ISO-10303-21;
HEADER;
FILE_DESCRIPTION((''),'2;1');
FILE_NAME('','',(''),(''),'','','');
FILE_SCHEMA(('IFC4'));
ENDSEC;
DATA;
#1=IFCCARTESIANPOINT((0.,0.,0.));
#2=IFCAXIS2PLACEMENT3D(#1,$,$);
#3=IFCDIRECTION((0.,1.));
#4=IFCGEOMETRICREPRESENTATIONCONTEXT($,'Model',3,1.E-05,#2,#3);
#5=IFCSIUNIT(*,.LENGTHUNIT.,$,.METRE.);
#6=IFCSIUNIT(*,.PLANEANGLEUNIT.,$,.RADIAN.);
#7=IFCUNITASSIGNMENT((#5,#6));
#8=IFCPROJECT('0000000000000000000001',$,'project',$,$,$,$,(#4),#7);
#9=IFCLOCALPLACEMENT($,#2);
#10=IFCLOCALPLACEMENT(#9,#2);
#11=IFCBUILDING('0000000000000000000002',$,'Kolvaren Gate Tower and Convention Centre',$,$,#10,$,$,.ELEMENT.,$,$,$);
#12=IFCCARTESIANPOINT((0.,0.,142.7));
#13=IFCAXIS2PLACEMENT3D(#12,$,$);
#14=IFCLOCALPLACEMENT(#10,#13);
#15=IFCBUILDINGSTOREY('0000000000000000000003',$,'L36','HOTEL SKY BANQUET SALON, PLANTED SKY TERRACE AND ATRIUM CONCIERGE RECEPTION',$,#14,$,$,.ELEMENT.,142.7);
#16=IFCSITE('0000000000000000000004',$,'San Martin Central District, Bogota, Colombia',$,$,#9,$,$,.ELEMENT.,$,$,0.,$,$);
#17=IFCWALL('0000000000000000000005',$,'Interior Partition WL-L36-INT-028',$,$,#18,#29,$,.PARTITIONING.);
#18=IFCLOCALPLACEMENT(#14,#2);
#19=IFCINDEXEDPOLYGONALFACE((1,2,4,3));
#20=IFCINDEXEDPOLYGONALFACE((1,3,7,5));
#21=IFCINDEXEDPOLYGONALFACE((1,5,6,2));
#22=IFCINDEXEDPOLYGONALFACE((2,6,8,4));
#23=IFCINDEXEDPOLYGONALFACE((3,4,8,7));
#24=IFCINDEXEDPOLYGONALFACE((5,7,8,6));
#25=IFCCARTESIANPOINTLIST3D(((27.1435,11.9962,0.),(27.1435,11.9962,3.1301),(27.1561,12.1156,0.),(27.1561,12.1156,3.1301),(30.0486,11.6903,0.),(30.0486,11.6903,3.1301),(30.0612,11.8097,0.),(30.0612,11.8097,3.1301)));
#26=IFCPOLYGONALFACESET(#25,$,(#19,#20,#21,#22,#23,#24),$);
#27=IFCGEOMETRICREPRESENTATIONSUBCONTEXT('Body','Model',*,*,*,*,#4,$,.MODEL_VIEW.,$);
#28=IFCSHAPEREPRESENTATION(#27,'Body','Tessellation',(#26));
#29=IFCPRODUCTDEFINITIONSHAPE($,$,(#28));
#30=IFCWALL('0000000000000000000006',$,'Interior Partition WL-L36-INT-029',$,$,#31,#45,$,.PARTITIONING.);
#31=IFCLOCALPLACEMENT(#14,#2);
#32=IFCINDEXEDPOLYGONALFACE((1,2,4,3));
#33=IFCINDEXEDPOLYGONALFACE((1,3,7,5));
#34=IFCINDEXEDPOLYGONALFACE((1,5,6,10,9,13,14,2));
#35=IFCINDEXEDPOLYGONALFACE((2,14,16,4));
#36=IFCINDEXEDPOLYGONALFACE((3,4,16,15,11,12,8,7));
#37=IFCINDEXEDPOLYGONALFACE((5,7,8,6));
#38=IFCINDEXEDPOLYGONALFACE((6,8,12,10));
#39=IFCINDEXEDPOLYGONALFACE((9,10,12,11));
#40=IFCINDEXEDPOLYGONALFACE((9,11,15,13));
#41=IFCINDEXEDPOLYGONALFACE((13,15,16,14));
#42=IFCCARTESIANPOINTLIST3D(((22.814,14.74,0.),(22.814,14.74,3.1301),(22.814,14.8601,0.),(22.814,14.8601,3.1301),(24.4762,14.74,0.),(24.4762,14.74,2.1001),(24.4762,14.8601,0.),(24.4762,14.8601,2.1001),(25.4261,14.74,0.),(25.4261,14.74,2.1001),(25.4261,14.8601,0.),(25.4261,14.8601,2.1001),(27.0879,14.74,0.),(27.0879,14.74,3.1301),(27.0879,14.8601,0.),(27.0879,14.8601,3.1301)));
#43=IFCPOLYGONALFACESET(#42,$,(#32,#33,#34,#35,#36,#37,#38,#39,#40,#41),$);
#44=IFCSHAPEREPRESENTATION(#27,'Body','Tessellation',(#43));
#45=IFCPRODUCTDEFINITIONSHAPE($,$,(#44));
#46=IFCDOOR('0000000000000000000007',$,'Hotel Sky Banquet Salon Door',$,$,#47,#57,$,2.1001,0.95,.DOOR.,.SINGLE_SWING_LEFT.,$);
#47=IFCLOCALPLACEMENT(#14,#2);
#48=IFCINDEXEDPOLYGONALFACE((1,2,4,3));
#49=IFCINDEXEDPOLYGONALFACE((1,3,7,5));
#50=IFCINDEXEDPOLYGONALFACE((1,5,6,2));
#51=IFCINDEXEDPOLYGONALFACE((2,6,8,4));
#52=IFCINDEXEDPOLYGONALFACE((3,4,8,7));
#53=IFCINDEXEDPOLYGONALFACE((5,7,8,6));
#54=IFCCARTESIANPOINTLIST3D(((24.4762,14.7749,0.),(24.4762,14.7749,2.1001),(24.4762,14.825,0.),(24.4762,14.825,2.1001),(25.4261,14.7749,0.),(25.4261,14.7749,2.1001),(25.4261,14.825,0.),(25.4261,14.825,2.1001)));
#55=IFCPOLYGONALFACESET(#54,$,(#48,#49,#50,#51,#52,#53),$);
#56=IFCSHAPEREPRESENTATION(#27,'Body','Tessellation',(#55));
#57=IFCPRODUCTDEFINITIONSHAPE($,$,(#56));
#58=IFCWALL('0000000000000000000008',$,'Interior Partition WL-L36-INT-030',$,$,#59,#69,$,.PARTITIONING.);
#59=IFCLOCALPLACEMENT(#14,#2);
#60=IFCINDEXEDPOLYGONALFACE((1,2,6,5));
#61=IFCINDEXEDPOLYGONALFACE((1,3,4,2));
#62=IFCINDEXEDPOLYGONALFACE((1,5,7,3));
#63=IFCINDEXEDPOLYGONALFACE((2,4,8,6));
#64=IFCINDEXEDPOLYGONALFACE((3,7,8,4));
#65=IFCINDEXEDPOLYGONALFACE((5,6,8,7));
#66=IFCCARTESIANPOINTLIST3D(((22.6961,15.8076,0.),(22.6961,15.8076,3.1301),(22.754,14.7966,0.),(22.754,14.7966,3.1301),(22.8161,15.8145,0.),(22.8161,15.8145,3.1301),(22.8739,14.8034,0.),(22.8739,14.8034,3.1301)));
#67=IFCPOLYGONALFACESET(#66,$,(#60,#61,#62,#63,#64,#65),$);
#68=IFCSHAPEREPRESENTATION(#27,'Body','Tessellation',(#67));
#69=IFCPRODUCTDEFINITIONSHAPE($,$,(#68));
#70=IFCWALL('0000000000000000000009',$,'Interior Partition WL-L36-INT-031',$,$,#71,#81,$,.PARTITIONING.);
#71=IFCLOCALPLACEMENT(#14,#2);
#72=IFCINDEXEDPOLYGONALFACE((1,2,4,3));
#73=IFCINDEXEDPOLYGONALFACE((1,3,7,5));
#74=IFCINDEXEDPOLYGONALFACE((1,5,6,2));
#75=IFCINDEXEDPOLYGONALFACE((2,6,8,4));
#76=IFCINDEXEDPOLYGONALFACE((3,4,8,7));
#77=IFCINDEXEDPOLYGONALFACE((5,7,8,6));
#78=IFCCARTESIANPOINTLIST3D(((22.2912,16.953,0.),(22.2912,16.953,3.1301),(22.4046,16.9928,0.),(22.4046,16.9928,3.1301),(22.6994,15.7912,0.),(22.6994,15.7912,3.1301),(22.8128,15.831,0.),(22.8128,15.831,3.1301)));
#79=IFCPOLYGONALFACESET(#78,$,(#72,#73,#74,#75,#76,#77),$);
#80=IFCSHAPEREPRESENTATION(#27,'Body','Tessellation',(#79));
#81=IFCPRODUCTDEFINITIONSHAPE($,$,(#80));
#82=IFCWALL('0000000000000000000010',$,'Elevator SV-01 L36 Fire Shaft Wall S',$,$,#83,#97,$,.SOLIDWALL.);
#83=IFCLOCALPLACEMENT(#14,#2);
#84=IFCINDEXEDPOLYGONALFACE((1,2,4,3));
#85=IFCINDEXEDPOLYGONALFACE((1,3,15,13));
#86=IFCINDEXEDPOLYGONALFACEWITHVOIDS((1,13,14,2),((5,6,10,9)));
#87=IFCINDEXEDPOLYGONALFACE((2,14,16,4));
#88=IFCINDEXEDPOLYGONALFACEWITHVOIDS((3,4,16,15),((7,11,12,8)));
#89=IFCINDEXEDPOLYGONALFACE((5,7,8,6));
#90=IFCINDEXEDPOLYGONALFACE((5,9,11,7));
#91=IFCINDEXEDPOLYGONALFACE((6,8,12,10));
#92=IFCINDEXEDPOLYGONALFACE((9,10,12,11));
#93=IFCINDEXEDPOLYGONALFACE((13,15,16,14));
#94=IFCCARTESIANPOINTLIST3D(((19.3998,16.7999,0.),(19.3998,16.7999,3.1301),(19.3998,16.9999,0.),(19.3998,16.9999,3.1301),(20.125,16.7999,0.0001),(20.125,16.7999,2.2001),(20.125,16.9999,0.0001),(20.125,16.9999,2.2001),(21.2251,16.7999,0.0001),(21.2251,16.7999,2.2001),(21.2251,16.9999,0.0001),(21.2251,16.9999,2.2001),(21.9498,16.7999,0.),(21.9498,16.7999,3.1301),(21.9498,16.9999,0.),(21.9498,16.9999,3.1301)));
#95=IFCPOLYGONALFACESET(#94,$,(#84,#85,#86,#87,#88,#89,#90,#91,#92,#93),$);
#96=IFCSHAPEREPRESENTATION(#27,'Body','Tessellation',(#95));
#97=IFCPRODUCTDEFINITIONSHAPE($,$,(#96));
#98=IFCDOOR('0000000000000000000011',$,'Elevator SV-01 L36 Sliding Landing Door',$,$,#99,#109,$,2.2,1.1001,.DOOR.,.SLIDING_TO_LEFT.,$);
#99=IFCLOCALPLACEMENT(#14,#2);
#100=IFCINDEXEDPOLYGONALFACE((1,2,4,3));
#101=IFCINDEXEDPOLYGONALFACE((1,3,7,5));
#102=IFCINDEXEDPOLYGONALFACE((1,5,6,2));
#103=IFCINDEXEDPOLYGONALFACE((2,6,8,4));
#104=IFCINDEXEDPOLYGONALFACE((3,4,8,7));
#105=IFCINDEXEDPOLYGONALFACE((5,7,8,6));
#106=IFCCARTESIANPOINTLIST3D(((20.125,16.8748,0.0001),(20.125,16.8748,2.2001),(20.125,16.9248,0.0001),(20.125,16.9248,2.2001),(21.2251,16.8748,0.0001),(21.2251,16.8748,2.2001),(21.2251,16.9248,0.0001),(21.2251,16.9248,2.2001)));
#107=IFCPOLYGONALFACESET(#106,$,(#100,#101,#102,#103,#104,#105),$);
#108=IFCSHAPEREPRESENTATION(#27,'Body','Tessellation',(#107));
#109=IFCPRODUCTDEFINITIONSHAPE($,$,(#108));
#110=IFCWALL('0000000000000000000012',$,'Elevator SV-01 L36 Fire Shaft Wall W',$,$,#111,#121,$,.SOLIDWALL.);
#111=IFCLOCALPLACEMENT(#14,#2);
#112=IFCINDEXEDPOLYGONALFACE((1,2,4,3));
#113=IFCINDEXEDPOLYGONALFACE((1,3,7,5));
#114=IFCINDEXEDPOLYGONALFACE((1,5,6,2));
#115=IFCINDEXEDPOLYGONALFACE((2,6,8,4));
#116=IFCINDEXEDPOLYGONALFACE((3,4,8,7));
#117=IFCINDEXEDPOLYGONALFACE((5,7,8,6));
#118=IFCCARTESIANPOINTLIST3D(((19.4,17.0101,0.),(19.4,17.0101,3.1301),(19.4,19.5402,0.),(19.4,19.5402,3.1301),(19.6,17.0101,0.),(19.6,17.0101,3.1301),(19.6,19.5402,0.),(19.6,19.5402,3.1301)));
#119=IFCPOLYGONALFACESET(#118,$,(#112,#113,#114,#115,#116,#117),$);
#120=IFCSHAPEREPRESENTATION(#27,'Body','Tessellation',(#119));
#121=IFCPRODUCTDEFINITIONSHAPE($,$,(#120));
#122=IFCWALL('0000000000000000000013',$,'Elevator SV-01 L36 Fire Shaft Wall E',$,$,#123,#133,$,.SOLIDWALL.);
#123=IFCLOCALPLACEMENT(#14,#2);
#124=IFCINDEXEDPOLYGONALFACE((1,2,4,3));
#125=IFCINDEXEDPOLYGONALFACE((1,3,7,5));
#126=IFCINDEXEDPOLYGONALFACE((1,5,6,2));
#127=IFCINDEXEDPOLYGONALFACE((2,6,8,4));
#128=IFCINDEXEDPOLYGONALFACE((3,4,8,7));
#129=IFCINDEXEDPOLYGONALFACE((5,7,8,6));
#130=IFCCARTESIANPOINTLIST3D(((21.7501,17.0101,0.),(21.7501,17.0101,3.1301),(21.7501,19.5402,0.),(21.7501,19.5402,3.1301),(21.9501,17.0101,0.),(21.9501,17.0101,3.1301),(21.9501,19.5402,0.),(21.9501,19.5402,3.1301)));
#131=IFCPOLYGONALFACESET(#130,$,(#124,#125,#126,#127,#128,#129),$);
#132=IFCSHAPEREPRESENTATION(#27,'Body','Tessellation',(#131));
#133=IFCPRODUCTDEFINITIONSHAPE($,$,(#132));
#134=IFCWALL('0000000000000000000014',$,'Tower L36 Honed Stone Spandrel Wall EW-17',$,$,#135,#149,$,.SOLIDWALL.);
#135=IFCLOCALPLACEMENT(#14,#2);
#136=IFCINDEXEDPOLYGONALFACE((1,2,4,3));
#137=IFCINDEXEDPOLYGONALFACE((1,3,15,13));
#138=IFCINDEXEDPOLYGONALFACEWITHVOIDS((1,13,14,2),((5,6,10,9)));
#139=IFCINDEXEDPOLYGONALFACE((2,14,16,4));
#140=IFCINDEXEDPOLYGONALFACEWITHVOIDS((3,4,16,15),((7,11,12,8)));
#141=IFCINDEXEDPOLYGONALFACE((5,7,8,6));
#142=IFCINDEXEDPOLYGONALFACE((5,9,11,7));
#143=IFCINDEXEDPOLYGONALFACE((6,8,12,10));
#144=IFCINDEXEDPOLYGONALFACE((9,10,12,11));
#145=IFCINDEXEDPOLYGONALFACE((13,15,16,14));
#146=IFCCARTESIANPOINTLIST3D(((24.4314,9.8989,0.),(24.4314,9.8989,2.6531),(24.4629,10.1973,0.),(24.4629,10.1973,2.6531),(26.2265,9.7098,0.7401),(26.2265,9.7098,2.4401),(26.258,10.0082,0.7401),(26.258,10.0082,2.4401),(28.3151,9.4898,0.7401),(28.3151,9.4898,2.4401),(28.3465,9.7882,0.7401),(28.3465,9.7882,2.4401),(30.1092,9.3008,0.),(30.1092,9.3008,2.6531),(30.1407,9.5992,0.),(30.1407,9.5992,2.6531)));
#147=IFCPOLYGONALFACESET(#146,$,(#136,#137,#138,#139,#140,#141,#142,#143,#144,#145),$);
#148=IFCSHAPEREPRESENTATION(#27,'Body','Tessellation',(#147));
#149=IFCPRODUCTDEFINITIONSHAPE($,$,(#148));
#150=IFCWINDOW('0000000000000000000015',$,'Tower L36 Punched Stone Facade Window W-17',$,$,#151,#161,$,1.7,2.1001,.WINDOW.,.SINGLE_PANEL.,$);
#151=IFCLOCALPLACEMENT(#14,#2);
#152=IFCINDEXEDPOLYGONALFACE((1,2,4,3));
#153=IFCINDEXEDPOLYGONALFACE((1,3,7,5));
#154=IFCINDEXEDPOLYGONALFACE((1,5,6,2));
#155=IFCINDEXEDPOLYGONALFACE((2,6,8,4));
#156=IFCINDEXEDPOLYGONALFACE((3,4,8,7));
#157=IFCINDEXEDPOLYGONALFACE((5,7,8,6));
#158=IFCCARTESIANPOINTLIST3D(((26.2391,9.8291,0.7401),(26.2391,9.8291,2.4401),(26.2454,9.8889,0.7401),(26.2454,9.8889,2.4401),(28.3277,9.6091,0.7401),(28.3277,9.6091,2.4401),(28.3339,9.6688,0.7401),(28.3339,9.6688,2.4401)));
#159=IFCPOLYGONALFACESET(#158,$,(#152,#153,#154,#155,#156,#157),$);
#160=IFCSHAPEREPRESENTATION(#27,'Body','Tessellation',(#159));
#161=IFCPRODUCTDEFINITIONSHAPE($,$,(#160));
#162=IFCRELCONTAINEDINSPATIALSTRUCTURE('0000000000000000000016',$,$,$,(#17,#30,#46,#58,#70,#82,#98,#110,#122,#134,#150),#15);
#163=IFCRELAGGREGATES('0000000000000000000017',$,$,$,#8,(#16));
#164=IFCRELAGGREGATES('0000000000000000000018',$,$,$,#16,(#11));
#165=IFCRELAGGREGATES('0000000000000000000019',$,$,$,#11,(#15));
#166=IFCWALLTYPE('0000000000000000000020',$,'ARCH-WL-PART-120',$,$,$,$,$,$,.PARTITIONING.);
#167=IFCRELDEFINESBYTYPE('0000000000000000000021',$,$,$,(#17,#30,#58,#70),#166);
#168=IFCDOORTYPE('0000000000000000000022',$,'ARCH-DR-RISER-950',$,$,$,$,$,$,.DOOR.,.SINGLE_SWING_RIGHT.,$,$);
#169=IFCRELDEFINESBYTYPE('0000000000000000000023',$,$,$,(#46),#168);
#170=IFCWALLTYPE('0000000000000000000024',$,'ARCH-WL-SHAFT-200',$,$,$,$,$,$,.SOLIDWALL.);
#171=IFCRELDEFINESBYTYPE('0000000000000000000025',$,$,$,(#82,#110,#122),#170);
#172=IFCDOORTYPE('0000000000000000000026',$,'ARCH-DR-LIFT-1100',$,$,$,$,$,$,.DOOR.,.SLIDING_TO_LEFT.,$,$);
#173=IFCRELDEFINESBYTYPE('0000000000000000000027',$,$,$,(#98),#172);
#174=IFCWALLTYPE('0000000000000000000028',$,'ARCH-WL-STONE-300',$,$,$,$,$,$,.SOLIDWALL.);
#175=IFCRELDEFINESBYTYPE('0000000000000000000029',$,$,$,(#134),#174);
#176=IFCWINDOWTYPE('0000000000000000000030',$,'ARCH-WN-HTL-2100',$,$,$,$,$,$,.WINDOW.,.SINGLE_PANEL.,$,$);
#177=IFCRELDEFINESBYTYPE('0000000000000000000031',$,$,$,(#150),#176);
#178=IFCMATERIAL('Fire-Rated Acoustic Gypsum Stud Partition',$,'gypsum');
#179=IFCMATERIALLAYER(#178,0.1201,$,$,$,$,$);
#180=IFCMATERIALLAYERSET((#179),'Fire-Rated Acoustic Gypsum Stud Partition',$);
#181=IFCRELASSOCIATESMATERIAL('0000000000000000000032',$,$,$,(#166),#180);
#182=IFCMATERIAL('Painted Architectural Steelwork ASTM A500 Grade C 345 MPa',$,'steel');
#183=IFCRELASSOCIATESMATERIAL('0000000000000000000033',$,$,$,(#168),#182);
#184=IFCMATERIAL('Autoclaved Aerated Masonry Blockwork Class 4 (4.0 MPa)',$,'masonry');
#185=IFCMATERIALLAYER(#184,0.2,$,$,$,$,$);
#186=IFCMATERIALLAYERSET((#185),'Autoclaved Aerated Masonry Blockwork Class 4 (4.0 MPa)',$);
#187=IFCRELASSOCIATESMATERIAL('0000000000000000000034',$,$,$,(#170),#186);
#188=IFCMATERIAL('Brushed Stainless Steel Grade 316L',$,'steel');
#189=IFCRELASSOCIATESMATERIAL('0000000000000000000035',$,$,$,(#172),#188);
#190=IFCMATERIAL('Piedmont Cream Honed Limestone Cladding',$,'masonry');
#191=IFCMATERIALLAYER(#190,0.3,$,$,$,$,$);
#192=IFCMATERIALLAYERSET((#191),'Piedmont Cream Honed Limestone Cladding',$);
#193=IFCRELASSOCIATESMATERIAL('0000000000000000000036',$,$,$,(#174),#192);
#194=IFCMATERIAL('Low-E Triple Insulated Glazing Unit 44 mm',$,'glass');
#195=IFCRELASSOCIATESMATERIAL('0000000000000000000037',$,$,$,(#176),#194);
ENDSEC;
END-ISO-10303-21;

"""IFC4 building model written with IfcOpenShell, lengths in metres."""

from ifc_helpers import new_model, si_unit, direction, frame, frame_2d, origin, place, context, subcontext, project, spatial, rectangle, extrude, material, layer, layer_set, type_object, element, fill, save


model = new_model("IFC4")

# Units and contexts
model_context = context("Model", 3, precision=1e-05, world=origin(), true_north=direction((0.0, 1.0)))
body_context = subcontext(model_context, "Body", "Model", "MODEL_VIEW")
ifc_project = project(units=[si_unit("LENGTHUNIT", "METRE"), si_unit("PLANEANGLEUNIT", "RADIAN")], contexts=[model_context])

# Site, building, storey
site_placement = place(None, origin())
site = spatial("IfcSite", under=ifc_project, at=site_placement, Name="San Martin Central District, Bogota, Colombia", CompositionType="ELEMENT", RefElevation=0.0)
building_placement = place(site_placement, origin())
building = spatial("IfcBuilding", under=site, at=building_placement, Name="Kolvaren Gate Tower and Convention Centre", CompositionType="ELEMENT")
storey_placement = place(building_placement, frame((0.0, 0.0, 142.7)))
storey = spatial("IfcBuildingStorey", under=building, at=storey_placement, Name="L36", Description="HOTEL SKY BANQUET SALON, PLANTED SKY TERRACE AND ATRIUM CONCIERGE RECEPTION", CompositionType="ELEMENT", Elevation=142.7)

# Wall
ifc_material_1 = material(Name="Fire-Rated Acoustic Gypsum Stud Partition", Category="gypsum")
ifc_layer_1 = layer(ifc_material_1, 0.1201)
ifc_layer_set_1 = layer_set([ifc_layer_1], Name="Fire-Rated Acoustic Gypsum Stud Partition")
wall_type_1 = type_object("IfcWallType", Name="ARCH-WL-PART-120", PredefinedType="PARTITIONING", material=ifc_layer_set_1)
wall_1_placement = place(storey_placement, frame((27.1499, 12.0559, 0.0), z_axis=(0.0, 0.0, 1.0), x_axis=(0.994501, -0.104724, 0.0)))
element("IfcWall", 1, at=wall_1_placement, inside=storey, type_object=wall_type_1, Name="Interior Partition WL-L36-INT-028", PredefinedType="PARTITIONING", context=body_context, shape_type="SweptSolid", body=[
    extrude(rectangle(XDim=2.9211, YDim=0.1201, at=frame_2d((1.4604, 0.0))), origin(), (0.0, 0.0, 1.0), 3.1301),
])

# Wall, opening, door
wall_2_placement = place(storey_placement, frame((22.814, 14.8, 0.0), z_axis=(0.0, 0.0, 1.0), x_axis=(1.0, 0.0, 0.0)))
wall_2 = element("IfcWall", 2, at=wall_2_placement, inside=storey, type_object=wall_type_1, Name="Interior Partition WL-L36-INT-029", PredefinedType="PARTITIONING", context=body_context, shape_type="SweptSolid", body=[
    extrude(rectangle(XDim=4.2739, YDim=0.1201, at=frame_2d((2.137, 0.0))), origin(), (0.0, 0.0, 1.0), 3.1301),
])
opening_1_placement = place(wall_2_placement, frame((1.6621, 0.0, 0.0)))
opening_1 = element("IfcOpeningElement", 3, at=opening_1_placement, cuts=wall_2, PredefinedType="OPENING", context=body_context, shape_type="SweptSolid", body=[
    extrude(rectangle(XDim=0.95, YDim=2.1001, at=frame_2d((0.4751, 1.05))), frame((0.0, 0.0701, 0.0), z_axis=(0.0, -1.0, 0.0), x_axis=(1.0, 0.0, 0.0)), (0.0, 0.0, 1.0), 0.1401),
])
ifc_material_2 = material(Name="Painted Architectural Steelwork ASTM A500 Grade C 345 MPa", Category="steel")
door_type_1 = type_object("IfcDoorType", Name="ARCH-DR-RISER-950", OperationType="SINGLE_SWING_RIGHT", PredefinedType="DOOR", material=ifc_material_2)
door_1_placement = place(opening_1_placement, origin())
door_1 = element("IfcDoor", 4, at=door_1_placement, inside=storey, type_object=door_type_1, Name="Hotel Sky Banquet Salon Door", OperationType="SINGLE_SWING_LEFT", OverallHeight=2.1001, OverallWidth=0.95, PredefinedType="DOOR", context=body_context, shape_type="SweptSolid", body=[
    extrude(rectangle(XDim=0.95, YDim=2.1001, at=frame_2d((0.4751, 1.05))), frame((0.0, 0.0249, 0.0), z_axis=(0.0, -1.0, 0.0), x_axis=(1.0, 0.0, 0.0)), (0.0, 0.0, 1.0), 0.05),
])
fill(opening_1, door_1)

# Walls
wall_3_placement = place(storey_placement, frame((22.7561, 15.811, 0.0), z_axis=(0.0, 0.0, 1.0), x_axis=(0.057139, -0.998366, 0.0)))
element("IfcWall", 5, at=wall_3_placement, inside=storey, type_object=wall_type_1, Name="Interior Partition WL-L36-INT-030", PredefinedType="PARTITIONING", context=body_context, shape_type="SweptSolid", body=[
    extrude(rectangle(XDim=1.0127, YDim=0.1201, at=frame_2d((0.5063, 0.0))), origin(), (0.0, 0.0, 1.0), 3.1301),
])
wall_4_placement = place(storey_placement, frame((22.3479, 16.9729, 0.0), z_axis=(0.0, 0.0, 1.0), x_axis=(0.331472, -0.943465, 0.0)))
element("IfcWall", 6, at=wall_4_placement, inside=storey, type_object=wall_type_1, Name="Interior Partition WL-L36-INT-031", PredefinedType="PARTITIONING", context=body_context, shape_type="SweptSolid", body=[
    extrude(rectangle(XDim=1.2314, YDim=0.1201, at=frame_2d((0.6157, 0.0))), origin(), (0.0, 0.0, 1.0), 3.1301),
])

# Wall, opening, door
ifc_material_3 = material(Name="Autoclaved Aerated Masonry Blockwork Class 4 (4.0 MPa)", Category="masonry")
ifc_layer_2 = layer(ifc_material_3, 0.2)
ifc_layer_set_2 = layer_set([ifc_layer_2], Name="Autoclaved Aerated Masonry Blockwork Class 4 (4.0 MPa)")
wall_type_2 = type_object("IfcWallType", Name="ARCH-WL-SHAFT-200", PredefinedType="SOLIDWALL", material=ifc_layer_set_2)
wall_5_placement = place(storey_placement, frame((19.3999, 16.8999, 0.0), z_axis=(0.0, 0.0, 1.0), x_axis=(1.0, 0.0, 0.0)))
wall_5 = element("IfcWall", 7, at=wall_5_placement, inside=storey, type_object=wall_type_2, Name="Elevator SV-01 L36 Fire Shaft Wall S", PredefinedType="SOLIDWALL", context=body_context, shape_type="SweptSolid", body=[
    extrude(rectangle(XDim=2.55, YDim=0.2, at=frame_2d((1.2749, 0.0))), origin(), (0.0, 0.0, 1.0), 3.1301),
])
opening_2_placement = place(wall_5_placement, frame((0.7251, 0.0, 0.0)))
opening_2 = element("IfcOpeningElement", 8, at=opening_2_placement, cuts=wall_5, PredefinedType="OPENING", context=body_context, shape_type="SweptSolid", body=[
    extrude(rectangle(XDim=1.1001, YDim=2.2, at=frame_2d((0.55, 1.1001))), frame((0.0, 0.1099, 0.0), z_axis=(0.0, -1.0, 0.0), x_axis=(1.0, 0.0, 0.0)), (0.0, 0.0, 1.0), 0.22),
])
ifc_material_4 = material(Name="Brushed Stainless Steel Grade 316L", Category="steel")
door_type_2 = type_object("IfcDoorType", Name="ARCH-DR-LIFT-1100", OperationType="SLIDING_TO_LEFT", PredefinedType="DOOR", material=ifc_material_4)
door_2_placement = place(opening_2_placement, origin())
door_2 = element("IfcDoor", 9, at=door_2_placement, inside=storey, type_object=door_type_2, Name="Elevator SV-01 L36 Sliding Landing Door", OperationType="SLIDING_TO_LEFT", OverallHeight=2.2, OverallWidth=1.1001, PredefinedType="DOOR", context=body_context, shape_type="SweptSolid", body=[
    extrude(rectangle(XDim=1.1001, YDim=2.2, at=frame_2d((0.55, 1.1001))), frame((0.0, 0.0249, 0.0), z_axis=(0.0, -1.0, 0.0), x_axis=(1.0, 0.0, 0.0)), (0.0, 0.0, 1.0), 0.05),
])
fill(opening_2, door_2)

# Walls
for number, where, z_axis, x_axis, name in (
    (10, (19.5, 17.01, 0.0), (0.0, 0.0, 1.0), (0.0, 1.0, 0.0), "Elevator SV-01 L36 Fire Shaft Wall W"),
    (11, (21.8501, 17.01, 0.0), (0.0, 0.0, 1.0), (0.0, 1.0, 0.0), "Elevator SV-01 L36 Fire Shaft Wall E"),
):
    element("IfcWall", number, at=place(storey_placement, frame(where, z_axis=z_axis, x_axis=x_axis)), inside=storey, type_object=wall_type_2, Name=name, PredefinedType="SOLIDWALL", context=body_context, shape_type="SweptSolid", body=[
        extrude(rectangle(XDim=2.53, YDim=0.2, at=frame_2d((1.2651, 0.0))), origin(), (0.0, 0.0, 1.0), 3.1301),
    ])

# Wall, opening, window
ifc_material_5 = material(Name="Piedmont Cream Honed Limestone Cladding", Category="masonry")
ifc_layer_3 = layer(ifc_material_5, 0.3)
ifc_layer_set_3 = layer_set([ifc_layer_3], Name="Piedmont Cream Honed Limestone Cladding")
wall_type_3 = type_object("IfcWallType", Name="ARCH-WL-STONE-300", PredefinedType="SOLIDWALL", material=ifc_layer_set_3)
wall_6_placement = place(storey_placement, frame((24.4473, 10.0481, 0.0), z_axis=(0.0, 0.0, 1.0), x_axis=(0.994497, -0.104769, 0.0)))
wall_6 = element("IfcWall", 12, at=wall_6_placement, inside=storey, type_object=wall_type_3, Name="Tower L36 Honed Stone Spandrel Wall EW-17", PredefinedType="SOLIDWALL", context=body_context, shape_type="SweptSolid", body=[
    extrude(rectangle(XDim=5.7092, YDim=0.3, at=frame_2d((2.8545, 0.0))), origin(), (0.0, 0.0, 1.0), 2.6531),
])
opening_3_placement = place(wall_6_placement, frame((1.8049, 0.0, 0.74)))
opening_3 = element("IfcOpeningElement", 13, at=opening_3_placement, cuts=wall_6, PredefinedType="OPENING", context=body_context, shape_type="SweptSolid", body=[
    extrude(rectangle(XDim=2.1001, YDim=1.7, at=frame_2d((1.05, 0.8501))), frame((0.0, 0.1599, 0.0), z_axis=(0.0, -1.0, 0.0), x_axis=(1.0, 0.0, 0.0)), (0.0, 0.0, 1.0), 0.3201),
])
ifc_material_6 = material(Name="Low-E Triple Insulated Glazing Unit 44 mm", Category="glass")
window_type = type_object("IfcWindowType", Name="ARCH-WN-HTL-2100", PartitioningType="SINGLE_PANEL", PredefinedType="WINDOW", material=ifc_material_6)
window_placement = place(opening_3_placement, origin())
window = element("IfcWindow", 14, at=window_placement, inside=storey, type_object=window_type, Name="Tower L36 Punched Stone Facade Window W-17", OverallHeight=1.7, OverallWidth=2.1001, PartitioningType="SINGLE_PANEL", PredefinedType="WINDOW", context=body_context, shape_type="SweptSolid", body=[
    extrude(rectangle(XDim=2.1001, YDim=1.7, at=frame_2d((1.05, 0.8501))), frame((0.0, 0.03, 0.0), z_axis=(0.0, -1.0, 0.0), x_axis=(1.0, 0.0, 0.0)), (0.0, 0.0, 1.0), 0.0601),
])
fill(opening_3, window)

save(model, "model.ifc")
